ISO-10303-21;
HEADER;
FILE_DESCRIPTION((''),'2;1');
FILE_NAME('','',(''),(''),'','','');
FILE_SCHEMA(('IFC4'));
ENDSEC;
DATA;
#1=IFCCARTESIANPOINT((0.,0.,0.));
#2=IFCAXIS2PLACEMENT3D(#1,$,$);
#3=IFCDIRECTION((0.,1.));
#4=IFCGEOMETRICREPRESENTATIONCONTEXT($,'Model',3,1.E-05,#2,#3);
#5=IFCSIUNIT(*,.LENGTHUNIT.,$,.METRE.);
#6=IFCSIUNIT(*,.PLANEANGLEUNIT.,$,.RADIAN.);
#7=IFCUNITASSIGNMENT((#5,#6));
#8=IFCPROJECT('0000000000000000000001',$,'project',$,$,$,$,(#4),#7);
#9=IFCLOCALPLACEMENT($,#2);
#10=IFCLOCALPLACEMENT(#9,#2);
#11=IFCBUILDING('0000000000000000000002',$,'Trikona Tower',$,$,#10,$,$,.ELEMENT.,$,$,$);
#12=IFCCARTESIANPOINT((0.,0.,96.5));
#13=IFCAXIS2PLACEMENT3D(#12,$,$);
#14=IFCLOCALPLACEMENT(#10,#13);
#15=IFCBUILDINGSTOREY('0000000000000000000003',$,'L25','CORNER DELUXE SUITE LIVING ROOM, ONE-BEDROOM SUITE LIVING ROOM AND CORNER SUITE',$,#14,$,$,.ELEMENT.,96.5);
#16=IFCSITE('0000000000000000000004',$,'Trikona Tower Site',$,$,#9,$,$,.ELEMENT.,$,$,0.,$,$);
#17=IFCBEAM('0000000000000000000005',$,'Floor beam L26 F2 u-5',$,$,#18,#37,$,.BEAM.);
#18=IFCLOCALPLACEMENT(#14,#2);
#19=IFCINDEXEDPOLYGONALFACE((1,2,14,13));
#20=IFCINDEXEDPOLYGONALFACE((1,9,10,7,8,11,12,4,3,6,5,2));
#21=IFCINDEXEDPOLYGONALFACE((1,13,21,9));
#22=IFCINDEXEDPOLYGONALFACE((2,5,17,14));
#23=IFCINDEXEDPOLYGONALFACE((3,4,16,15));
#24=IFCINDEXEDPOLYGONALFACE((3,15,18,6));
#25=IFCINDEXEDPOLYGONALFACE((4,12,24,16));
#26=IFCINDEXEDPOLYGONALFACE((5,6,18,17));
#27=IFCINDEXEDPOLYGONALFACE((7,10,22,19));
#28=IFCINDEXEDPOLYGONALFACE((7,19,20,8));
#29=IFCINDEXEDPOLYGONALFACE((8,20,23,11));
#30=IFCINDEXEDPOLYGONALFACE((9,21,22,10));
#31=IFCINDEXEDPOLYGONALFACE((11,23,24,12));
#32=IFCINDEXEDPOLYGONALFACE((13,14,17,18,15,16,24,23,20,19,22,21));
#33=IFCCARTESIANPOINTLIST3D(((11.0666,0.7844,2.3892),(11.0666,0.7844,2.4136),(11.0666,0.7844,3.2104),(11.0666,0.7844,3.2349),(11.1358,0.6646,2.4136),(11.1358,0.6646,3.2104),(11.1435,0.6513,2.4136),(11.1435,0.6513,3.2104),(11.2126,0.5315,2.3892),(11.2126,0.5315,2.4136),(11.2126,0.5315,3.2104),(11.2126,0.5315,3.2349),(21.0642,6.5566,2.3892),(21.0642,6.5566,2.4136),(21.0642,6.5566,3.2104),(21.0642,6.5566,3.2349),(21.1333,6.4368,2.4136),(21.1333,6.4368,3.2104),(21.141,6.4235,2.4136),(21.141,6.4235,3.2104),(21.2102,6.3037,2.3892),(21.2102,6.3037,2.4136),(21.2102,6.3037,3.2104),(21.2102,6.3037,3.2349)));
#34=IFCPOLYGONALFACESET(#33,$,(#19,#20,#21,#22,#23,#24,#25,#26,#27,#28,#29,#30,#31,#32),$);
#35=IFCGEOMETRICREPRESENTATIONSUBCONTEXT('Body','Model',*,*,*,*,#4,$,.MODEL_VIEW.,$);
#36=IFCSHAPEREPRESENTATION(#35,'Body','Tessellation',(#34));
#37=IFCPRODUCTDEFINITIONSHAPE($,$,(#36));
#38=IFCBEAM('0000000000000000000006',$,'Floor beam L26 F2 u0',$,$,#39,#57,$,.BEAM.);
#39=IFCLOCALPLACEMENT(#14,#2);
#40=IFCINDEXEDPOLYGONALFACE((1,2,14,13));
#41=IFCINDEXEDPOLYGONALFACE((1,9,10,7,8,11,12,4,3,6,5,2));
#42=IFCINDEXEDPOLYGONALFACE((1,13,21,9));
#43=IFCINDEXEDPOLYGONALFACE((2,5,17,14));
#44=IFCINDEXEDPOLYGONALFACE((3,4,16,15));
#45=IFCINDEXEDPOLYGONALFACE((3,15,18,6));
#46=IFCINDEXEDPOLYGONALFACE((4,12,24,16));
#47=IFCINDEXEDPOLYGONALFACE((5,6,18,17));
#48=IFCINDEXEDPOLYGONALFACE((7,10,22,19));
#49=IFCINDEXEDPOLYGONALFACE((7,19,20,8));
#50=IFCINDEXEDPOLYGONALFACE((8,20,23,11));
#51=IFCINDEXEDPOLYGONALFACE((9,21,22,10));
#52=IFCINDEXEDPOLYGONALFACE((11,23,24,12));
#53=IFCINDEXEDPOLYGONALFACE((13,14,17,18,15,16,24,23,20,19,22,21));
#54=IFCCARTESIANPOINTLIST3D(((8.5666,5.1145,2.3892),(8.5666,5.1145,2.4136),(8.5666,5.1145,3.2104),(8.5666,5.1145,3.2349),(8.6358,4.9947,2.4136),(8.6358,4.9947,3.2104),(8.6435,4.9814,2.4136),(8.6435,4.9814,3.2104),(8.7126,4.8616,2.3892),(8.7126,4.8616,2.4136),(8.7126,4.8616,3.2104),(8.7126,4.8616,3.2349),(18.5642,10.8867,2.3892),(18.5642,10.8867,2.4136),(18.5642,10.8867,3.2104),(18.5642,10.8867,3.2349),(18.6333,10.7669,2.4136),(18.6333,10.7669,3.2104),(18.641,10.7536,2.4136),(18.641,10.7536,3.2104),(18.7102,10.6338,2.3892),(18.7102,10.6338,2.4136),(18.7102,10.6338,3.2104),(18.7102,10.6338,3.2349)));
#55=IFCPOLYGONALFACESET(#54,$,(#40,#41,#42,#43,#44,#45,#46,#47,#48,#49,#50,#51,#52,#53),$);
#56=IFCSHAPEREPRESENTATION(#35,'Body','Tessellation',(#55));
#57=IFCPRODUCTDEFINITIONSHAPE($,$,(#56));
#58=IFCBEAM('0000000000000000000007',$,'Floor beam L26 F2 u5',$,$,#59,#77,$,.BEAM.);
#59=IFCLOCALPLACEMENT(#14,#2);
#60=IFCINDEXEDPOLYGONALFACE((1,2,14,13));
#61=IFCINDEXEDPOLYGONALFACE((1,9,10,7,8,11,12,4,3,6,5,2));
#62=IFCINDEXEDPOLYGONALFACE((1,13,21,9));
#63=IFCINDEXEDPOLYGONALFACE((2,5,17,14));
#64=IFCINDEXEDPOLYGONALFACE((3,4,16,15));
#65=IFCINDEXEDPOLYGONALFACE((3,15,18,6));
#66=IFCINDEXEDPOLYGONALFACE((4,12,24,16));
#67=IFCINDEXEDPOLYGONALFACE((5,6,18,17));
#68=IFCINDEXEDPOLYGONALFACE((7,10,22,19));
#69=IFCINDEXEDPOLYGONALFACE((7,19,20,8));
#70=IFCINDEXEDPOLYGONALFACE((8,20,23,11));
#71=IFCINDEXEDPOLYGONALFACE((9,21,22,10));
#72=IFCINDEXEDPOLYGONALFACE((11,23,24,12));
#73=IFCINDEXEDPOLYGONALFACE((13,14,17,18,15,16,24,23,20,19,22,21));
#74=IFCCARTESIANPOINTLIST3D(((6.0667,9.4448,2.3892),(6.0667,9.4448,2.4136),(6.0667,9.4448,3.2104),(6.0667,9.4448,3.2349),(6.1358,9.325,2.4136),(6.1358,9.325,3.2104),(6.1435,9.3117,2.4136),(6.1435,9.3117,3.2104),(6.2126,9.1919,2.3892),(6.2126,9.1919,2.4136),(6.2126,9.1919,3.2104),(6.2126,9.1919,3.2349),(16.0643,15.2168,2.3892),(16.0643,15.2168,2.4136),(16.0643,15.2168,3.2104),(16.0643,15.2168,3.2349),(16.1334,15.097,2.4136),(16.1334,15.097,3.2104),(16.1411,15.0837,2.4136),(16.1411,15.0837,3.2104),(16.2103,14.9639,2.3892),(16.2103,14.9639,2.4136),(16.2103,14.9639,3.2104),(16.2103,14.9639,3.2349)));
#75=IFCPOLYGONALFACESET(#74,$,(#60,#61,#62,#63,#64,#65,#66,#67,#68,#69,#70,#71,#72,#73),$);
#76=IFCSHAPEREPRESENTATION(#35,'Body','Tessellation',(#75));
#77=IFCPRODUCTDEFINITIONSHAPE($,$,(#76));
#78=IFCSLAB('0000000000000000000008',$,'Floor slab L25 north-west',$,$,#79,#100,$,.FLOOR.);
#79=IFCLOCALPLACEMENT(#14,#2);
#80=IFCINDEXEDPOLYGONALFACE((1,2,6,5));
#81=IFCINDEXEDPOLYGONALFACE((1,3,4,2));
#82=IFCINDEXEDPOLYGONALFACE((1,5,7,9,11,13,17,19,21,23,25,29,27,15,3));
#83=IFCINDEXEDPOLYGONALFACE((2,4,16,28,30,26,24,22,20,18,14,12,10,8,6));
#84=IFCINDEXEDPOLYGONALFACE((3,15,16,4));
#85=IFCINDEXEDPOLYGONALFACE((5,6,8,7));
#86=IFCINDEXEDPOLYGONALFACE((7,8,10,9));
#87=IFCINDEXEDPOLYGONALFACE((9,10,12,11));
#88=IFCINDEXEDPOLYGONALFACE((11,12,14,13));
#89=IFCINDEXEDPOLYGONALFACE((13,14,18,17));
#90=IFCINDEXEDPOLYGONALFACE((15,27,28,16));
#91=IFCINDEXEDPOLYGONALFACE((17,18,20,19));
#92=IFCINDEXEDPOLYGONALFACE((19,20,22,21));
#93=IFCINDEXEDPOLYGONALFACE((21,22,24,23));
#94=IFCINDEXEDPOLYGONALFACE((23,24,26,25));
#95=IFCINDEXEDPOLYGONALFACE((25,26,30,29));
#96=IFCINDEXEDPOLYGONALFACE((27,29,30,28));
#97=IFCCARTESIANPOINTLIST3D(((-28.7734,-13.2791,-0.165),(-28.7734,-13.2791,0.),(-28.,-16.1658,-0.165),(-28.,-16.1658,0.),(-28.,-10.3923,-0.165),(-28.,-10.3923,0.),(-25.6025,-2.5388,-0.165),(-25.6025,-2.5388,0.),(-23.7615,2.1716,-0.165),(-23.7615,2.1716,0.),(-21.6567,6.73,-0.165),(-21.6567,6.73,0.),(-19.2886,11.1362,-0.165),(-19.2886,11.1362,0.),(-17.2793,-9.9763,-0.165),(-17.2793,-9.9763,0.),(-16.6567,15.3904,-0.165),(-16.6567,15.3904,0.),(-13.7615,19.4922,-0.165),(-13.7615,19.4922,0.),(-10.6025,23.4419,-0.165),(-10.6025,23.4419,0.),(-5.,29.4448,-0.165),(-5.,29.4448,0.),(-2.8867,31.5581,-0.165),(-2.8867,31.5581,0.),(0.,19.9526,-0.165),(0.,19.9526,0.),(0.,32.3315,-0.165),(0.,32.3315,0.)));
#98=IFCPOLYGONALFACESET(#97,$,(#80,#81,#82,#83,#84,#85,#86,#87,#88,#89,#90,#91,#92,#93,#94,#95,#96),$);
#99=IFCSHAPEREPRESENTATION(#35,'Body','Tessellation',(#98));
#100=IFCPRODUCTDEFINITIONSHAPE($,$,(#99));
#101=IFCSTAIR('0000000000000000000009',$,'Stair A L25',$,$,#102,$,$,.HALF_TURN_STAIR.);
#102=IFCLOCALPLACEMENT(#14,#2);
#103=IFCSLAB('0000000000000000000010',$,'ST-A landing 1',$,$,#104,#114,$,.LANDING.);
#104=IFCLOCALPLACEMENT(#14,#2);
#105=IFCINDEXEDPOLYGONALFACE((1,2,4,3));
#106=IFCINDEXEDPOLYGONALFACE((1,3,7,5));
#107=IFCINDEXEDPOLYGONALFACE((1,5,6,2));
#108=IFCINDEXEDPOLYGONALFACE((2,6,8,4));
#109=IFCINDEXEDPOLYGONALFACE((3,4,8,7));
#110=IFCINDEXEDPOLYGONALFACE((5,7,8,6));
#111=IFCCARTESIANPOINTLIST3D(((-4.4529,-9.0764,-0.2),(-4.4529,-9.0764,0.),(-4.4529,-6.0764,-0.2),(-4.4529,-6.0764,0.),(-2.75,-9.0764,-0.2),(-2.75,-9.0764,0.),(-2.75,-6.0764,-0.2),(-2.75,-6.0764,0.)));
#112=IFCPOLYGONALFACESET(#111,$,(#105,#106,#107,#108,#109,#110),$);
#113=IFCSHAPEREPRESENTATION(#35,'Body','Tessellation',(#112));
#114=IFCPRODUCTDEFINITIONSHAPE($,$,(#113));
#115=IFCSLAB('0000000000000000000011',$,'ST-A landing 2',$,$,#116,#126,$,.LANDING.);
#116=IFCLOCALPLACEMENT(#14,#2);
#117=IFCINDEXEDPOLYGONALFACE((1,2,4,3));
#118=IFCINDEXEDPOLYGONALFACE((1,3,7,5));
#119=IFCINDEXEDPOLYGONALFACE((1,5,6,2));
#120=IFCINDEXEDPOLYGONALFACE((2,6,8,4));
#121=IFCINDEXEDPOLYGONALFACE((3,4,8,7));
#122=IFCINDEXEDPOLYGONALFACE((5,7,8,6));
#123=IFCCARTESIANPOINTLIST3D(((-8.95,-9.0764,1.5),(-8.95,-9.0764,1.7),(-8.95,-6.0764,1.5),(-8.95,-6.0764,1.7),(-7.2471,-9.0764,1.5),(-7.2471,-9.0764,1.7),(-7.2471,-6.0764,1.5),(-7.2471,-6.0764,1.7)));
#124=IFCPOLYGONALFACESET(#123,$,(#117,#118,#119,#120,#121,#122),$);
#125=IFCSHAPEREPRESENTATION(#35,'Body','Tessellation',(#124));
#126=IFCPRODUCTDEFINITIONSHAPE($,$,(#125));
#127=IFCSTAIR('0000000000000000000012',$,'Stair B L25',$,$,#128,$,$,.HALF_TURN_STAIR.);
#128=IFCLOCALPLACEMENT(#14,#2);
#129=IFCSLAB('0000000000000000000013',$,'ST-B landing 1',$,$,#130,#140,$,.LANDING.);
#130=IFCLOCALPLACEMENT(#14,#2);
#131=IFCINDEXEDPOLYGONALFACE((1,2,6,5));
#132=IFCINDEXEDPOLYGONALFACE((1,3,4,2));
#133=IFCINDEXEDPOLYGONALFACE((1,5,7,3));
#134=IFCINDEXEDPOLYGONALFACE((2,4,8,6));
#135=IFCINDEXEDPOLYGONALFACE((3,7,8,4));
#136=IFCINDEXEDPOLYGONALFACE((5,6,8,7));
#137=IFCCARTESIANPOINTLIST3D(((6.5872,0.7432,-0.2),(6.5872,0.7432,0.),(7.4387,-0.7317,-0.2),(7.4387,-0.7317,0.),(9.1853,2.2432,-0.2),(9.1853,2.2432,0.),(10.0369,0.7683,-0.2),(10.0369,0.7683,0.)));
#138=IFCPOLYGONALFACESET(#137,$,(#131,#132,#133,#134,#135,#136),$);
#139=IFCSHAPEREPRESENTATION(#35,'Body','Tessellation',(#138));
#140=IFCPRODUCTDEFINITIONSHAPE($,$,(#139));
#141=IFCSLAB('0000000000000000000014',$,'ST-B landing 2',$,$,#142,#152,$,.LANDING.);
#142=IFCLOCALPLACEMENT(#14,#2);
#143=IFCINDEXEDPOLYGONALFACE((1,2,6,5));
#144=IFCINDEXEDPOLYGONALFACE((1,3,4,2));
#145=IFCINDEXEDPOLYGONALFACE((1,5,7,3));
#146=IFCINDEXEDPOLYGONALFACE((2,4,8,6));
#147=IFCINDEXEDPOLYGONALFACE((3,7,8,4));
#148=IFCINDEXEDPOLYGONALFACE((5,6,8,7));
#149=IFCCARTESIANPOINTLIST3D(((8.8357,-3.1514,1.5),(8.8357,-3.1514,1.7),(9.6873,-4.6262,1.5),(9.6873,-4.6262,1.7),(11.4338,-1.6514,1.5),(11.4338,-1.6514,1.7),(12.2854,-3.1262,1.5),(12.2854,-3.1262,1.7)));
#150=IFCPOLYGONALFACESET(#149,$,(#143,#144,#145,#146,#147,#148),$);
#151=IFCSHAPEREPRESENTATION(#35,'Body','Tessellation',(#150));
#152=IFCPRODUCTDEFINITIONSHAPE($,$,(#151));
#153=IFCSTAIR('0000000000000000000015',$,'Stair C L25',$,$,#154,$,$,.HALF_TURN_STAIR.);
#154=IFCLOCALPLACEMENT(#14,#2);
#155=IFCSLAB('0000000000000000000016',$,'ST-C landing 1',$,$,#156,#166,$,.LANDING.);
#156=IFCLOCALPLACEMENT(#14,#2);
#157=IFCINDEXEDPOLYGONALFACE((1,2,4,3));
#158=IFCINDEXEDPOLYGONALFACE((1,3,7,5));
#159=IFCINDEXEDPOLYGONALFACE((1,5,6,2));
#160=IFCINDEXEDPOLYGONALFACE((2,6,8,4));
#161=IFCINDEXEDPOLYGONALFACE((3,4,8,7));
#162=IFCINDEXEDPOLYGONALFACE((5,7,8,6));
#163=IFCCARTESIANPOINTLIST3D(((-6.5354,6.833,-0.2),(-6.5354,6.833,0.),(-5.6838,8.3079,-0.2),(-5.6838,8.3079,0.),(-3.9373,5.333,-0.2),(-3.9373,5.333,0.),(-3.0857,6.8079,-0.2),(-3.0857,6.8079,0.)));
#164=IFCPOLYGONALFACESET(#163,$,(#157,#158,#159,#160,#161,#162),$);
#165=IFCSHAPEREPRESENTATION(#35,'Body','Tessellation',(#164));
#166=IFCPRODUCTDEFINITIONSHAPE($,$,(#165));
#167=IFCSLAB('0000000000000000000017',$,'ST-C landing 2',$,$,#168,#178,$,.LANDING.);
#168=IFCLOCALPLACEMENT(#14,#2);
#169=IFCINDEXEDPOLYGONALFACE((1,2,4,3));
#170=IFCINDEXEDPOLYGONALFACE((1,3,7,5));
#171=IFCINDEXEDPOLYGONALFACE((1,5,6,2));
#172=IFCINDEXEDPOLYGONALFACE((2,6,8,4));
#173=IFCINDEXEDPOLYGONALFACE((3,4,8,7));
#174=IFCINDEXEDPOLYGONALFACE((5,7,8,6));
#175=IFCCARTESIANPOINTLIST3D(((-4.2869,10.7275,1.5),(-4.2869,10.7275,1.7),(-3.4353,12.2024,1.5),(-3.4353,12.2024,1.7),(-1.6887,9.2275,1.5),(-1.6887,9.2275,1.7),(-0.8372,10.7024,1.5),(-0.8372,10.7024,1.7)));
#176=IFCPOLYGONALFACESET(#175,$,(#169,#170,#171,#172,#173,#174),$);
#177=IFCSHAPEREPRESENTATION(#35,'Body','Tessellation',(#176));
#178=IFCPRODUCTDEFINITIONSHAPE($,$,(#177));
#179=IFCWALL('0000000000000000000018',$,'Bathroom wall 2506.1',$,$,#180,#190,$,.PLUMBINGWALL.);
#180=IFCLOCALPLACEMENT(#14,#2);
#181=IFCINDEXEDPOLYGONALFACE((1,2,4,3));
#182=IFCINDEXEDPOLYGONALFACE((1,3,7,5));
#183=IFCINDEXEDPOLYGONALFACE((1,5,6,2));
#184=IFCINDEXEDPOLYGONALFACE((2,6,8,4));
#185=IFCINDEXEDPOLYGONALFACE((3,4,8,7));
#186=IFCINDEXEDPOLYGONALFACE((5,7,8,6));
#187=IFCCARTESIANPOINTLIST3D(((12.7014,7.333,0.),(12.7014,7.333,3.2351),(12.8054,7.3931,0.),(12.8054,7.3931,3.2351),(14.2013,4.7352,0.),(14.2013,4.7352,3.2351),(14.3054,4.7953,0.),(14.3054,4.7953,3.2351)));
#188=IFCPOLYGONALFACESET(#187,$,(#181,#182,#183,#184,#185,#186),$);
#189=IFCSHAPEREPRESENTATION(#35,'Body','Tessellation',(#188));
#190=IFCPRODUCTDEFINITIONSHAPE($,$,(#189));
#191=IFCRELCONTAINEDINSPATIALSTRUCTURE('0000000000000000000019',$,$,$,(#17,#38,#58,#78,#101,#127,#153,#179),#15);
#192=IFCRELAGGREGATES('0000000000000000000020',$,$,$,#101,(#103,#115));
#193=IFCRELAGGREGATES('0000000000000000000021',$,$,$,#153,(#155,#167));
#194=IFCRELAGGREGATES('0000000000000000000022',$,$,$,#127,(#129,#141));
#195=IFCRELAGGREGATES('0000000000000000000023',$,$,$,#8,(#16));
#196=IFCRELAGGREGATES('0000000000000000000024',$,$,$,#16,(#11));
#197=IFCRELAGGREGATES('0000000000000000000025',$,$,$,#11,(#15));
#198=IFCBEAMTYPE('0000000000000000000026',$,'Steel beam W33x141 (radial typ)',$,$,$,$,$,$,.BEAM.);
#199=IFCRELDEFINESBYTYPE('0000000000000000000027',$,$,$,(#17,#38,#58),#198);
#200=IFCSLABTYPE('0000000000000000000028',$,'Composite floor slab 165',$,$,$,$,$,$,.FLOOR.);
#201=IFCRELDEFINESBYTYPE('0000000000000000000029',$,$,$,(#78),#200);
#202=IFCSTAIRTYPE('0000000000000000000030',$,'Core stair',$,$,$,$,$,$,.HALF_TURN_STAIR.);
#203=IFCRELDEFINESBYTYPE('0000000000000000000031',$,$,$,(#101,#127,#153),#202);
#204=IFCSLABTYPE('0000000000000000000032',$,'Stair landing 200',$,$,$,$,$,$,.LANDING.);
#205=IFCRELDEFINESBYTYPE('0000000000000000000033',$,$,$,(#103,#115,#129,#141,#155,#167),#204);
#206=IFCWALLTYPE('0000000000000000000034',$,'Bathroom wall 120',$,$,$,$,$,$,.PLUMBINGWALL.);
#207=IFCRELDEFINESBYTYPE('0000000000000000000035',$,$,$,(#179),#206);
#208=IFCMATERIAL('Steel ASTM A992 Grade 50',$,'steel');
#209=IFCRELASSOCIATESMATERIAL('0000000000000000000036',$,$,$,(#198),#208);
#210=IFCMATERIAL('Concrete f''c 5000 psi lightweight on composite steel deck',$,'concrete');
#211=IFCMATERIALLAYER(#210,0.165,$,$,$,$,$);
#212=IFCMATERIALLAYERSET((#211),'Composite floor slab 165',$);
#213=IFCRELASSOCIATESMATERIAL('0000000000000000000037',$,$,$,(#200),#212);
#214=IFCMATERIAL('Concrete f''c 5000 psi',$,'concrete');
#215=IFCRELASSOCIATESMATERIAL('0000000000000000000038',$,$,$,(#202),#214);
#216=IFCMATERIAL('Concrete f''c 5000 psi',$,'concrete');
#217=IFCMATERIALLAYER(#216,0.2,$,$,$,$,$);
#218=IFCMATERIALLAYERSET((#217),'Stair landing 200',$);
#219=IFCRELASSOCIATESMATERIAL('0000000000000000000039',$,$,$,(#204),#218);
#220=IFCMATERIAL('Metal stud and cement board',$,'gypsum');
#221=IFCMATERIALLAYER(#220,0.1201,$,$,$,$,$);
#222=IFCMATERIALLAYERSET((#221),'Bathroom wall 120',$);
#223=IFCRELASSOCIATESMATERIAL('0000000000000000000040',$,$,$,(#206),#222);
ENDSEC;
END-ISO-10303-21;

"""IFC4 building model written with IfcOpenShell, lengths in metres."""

from ifc_helpers import new_model, si_unit, direction, frame, frame_2d, origin, origin_2d, place, context, subcontext, project, spatial, polyline, rectangle, i_section, outline, extrude, material, layer, layer_set, material_profile, profile_set, type_object, element, aggregate, save


model = new_model("IFC4")

# Units and contexts
model_context = context("Model", 3, precision=1e-05, world=origin(), true_north=direction((0.0, 1.0)))
body_context = subcontext(model_context, "Body", "Model", "MODEL_VIEW")
ifc_project = project(units=[si_unit("LENGTHUNIT", "METRE"), si_unit("PLANEANGLEUNIT", "RADIAN")], contexts=[model_context])

# Site, building, storey
site_placement = place(None, origin())
site = spatial("IfcSite", under=ifc_project, at=site_placement, Name="Trikona Tower Site", CompositionType="ELEMENT", RefElevation=0.0)
building_placement = place(site_placement, origin())
building = spatial("IfcBuilding", under=site, at=building_placement, Name="Trikona Tower", CompositionType="ELEMENT")
storey_placement = place(building_placement, frame((0.0, 0.0, 96.5)))
storey = spatial("IfcBuildingStorey", under=building, at=storey_placement, Name="L25", Description="CORNER DELUXE SUITE LIVING ROOM, ONE-BEDROOM SUITE LIVING ROOM AND CORNER SUITE", CompositionType="ELEMENT", Elevation=96.5)

# Beams
ifc_material_1 = material(Name="Steel ASTM A992 Grade 50", Category="steel")
ifc_material_profile = material_profile(ifc_material_1, i_section(OverallWidth=0.292, OverallDepth=0.8457, WebThickness=0.0154, FlangeThickness=0.0244, at=origin_2d()), Name="W33X141")
ifc_profile_set = profile_set([ifc_material_profile], Name="Steel ASTM A992 Grade 50")
beam_type = type_object("IfcBeamType", Name="Steel beam W33x141 (radial typ)", PredefinedType="BEAM", material=ifc_profile_set)
for number, where, z_axis, x_axis, name in (
    (1, (11.1396, 0.658, 2.812), (0.866021, 0.500008, 0.0), (-0.500008, 0.866021, 0.0), "Floor beam L26 F2 u-5"),
    (2, (8.6396, 4.988, 2.812), (0.866021, 0.500008, 0.0), (-0.500008, 0.866021, 0.0), "Floor beam L26 F2 u0"),
    (3, (6.1396, 9.3184, 2.812), (0.86603, 0.499992, 0.0), (-0.499992, 0.86603, 0.0), "Floor beam L26 F2 u5"),
):
    element("IfcBeam", number, at=place(storey_placement, frame(where, z_axis=z_axis, x_axis=x_axis)), inside=storey, type_object=beam_type, Name=name, PredefinedType="BEAM", context=body_context, shape_type="SweptSolid", body=[
        extrude(i_section(OverallWidth=0.292, OverallDepth=0.8457, WebThickness=0.0154, FlangeThickness=0.0244, at=origin_2d()), origin(), (0.0, 0.0, 1.0), 11.5442),
    ])

# Slab
ifc_material_2 = material(Name="Concrete f'c 5000 psi lightweight on composite steel deck", Category="concrete")
ifc_layer_1 = layer(ifc_material_2, 0.165)
ifc_layer_set_1 = layer_set([ifc_layer_1], Name="Composite floor slab 165")
slab_type_1 = type_object("IfcSlabType", Name="Composite floor slab 165", PredefinedType="FLOOR", material=ifc_layer_set_1)
slab_1_placement = place(storey_placement, frame((0.0, 0.0, -0.165)))
element("IfcSlab", 4, at=slab_1_placement, inside=storey, type_object=slab_type_1, Name="Floor slab L25 north-west", PredefinedType="FLOOR", context=body_context, shape_type="SweptSolid", body=[
    extrude(outline(polyline([(0.0, 19.9526), (0.0, 32.3315), (-2.8867, 31.5581), (-5.0, 29.4448), (-10.6025, 23.4419), (-13.7615, 19.4922), (-16.6567, 15.3904), (-19.2886, 11.1362), (-21.6567, 6.73), (-23.7615, 2.1716), (-25.6025, -2.5388), (-28.0, -10.3923), (-28.7734, -13.2791), (-28.0, -16.1658), (-17.2793, -9.9763), (0.0, 19.9526)])), origin(), (0.0, 0.0, 1.0), 0.165),
])

# Stairs, slabs
ifc_material_3 = material(Name="Concrete f'c 5000 psi", Category="concrete")
stair_type = type_object("IfcStairType", Name="Core stair", PredefinedType="HALF_TURN_STAIR", material=ifc_material_3)
stair_1_placement = place(storey_placement, origin())
stair_1 = element("IfcStair", 5, at=stair_1_placement, inside=storey, type_object=stair_type, Name="Stair A L25", PredefinedType="HALF_TURN_STAIR")
ifc_material_4 = material(Name="Concrete f'c 5000 psi", Category="concrete")
ifc_layer_2 = layer(ifc_material_4, 0.2)
ifc_layer_set_2 = layer_set([ifc_layer_2], Name="Stair landing 200")
slab_type_2 = type_object("IfcSlabType", Name="Stair landing 200", PredefinedType="LANDING", material=ifc_layer_set_2)
slab_2_placement = place(storey_placement, frame((0.0, 0.0, -0.2)))
slab_2 = element("IfcSlab", 6, at=slab_2_placement, type_object=slab_type_2, Name="ST-A landing 1", PredefinedType="LANDING", context=body_context, shape_type="SweptSolid", body=[
    extrude(outline(polyline([(-4.4529, -6.0764), (-2.75, -6.0764), (-2.75, -9.0764), (-4.4529, -9.0764), (-4.4529, -6.0764)])), origin(), (0.0, 0.0, 1.0), 0.2),
])
slab_3_placement = place(storey_placement, frame((0.0, 0.0, 1.5)))
slab_3 = element("IfcSlab", 7, at=slab_3_placement, type_object=slab_type_2, Name="ST-A landing 2", PredefinedType="LANDING", context=body_context, shape_type="SweptSolid", body=[
    extrude(outline(polyline([(-8.95, -6.0764), (-7.2471, -6.0764), (-7.2471, -9.0764), (-8.95, -9.0764), (-8.95, -6.0764)])), origin(), (0.0, 0.0, 1.0), 0.2),
])
aggregate(stair_1, [slab_2, slab_3])
stair_2_placement = place(storey_placement, origin())
stair_2 = element("IfcStair", 8, at=stair_2_placement, inside=storey, type_object=stair_type, Name="Stair B L25", PredefinedType="HALF_TURN_STAIR")
slab_4_placement = place(storey_placement, frame((0.0, 0.0, -0.2)))
slab_4 = element("IfcSlab", 9, at=slab_4_placement, type_object=slab_type_2, Name="ST-B landing 1", PredefinedType="LANDING", context=body_context, shape_type="SweptSolid", body=[
    extrude(outline(polyline([(7.4387, -0.7317), (6.5872, 0.7432), (9.1853, 2.2432), (10.0369, 0.7683), (7.4387, -0.7317)])), origin(), (0.0, 0.0, 1.0), 0.2),
])
slab_5_placement = place(storey_placement, frame((0.0, 0.0, 1.5)))
slab_5 = element("IfcSlab", 10, at=slab_5_placement, type_object=slab_type_2, Name="ST-B landing 2", PredefinedType="LANDING", context=body_context, shape_type="SweptSolid", body=[
    extrude(outline(polyline([(9.6873, -4.6262), (8.8357, -3.1514), (11.4338, -1.6514), (12.2854, -3.1262), (9.6873, -4.6262)])), origin(), (0.0, 0.0, 1.0), 0.2),
])
stair_3_placement = place(storey_placement, origin())
stair_3 = element("IfcStair", 11, at=stair_3_placement, inside=storey, type_object=stair_type, Name="Stair C L25", PredefinedType="HALF_TURN_STAIR")
slab_6_placement = place(storey_placement, frame((0.0, 0.0, -0.2)))
slab_6 = element("IfcSlab", 12, at=slab_6_placement, type_object=slab_type_2, Name="ST-C landing 1", PredefinedType="LANDING", context=body_context, shape_type="SweptSolid", body=[
    extrude(outline(polyline([(-3.0857, 6.8079), (-3.9373, 5.333), (-6.5354, 6.833), (-5.6838, 8.3079), (-3.0857, 6.8079)])), origin(), (0.0, 0.0, 1.0), 0.2),
])
slab_7_placement = place(storey_placement, frame((0.0, 0.0, 1.5)))
slab_7 = element("IfcSlab", 13, at=slab_7_placement, type_object=slab_type_2, Name="ST-C landing 2", PredefinedType="LANDING", context=body_context, shape_type="SweptSolid", body=[
    extrude(outline(polyline([(-0.8372, 10.7024), (-1.6887, 9.2275), (-4.2869, 10.7275), (-3.4353, 12.2024), (-0.8372, 10.7024)])), origin(), (0.0, 0.0, 1.0), 0.2),
])
aggregate(stair_3, [slab_6, slab_7])

# Wall
ifc_material_5 = material(Name="Metal stud and cement board", Category="gypsum")
ifc_layer_3 = layer(ifc_material_5, 0.1201)
ifc_layer_set_3 = layer_set([ifc_layer_3], Name="Bathroom wall 120")
wall_type_1 = type_object("IfcWallType", Name="Bathroom wall 120", PredefinedType="PLUMBINGWALL", material=ifc_layer_set_3)
wall_1_placement = place(storey_placement, frame((14.2534, 4.7651, 0.0), z_axis=(0.0, 0.0, 1.0), x_axis=(-0.500025, 0.866011, 0.0)))
element("IfcWall", 14, at=wall_1_placement, inside=storey, type_object=wall_type_1, Name="Bathroom wall 2506.1", PredefinedType="PLUMBINGWALL", context=body_context, shape_type="SweptSolid", body=[
    extrude(rectangle(XDim=2.9998, YDim=0.1201, at=frame_2d((1.5, 0.0))), origin(), (0.0, 0.0, 1.0), 3.2351),
])

aggregate(stair_2, [slab_4, slab_5])

save(model, "model.ifc")
